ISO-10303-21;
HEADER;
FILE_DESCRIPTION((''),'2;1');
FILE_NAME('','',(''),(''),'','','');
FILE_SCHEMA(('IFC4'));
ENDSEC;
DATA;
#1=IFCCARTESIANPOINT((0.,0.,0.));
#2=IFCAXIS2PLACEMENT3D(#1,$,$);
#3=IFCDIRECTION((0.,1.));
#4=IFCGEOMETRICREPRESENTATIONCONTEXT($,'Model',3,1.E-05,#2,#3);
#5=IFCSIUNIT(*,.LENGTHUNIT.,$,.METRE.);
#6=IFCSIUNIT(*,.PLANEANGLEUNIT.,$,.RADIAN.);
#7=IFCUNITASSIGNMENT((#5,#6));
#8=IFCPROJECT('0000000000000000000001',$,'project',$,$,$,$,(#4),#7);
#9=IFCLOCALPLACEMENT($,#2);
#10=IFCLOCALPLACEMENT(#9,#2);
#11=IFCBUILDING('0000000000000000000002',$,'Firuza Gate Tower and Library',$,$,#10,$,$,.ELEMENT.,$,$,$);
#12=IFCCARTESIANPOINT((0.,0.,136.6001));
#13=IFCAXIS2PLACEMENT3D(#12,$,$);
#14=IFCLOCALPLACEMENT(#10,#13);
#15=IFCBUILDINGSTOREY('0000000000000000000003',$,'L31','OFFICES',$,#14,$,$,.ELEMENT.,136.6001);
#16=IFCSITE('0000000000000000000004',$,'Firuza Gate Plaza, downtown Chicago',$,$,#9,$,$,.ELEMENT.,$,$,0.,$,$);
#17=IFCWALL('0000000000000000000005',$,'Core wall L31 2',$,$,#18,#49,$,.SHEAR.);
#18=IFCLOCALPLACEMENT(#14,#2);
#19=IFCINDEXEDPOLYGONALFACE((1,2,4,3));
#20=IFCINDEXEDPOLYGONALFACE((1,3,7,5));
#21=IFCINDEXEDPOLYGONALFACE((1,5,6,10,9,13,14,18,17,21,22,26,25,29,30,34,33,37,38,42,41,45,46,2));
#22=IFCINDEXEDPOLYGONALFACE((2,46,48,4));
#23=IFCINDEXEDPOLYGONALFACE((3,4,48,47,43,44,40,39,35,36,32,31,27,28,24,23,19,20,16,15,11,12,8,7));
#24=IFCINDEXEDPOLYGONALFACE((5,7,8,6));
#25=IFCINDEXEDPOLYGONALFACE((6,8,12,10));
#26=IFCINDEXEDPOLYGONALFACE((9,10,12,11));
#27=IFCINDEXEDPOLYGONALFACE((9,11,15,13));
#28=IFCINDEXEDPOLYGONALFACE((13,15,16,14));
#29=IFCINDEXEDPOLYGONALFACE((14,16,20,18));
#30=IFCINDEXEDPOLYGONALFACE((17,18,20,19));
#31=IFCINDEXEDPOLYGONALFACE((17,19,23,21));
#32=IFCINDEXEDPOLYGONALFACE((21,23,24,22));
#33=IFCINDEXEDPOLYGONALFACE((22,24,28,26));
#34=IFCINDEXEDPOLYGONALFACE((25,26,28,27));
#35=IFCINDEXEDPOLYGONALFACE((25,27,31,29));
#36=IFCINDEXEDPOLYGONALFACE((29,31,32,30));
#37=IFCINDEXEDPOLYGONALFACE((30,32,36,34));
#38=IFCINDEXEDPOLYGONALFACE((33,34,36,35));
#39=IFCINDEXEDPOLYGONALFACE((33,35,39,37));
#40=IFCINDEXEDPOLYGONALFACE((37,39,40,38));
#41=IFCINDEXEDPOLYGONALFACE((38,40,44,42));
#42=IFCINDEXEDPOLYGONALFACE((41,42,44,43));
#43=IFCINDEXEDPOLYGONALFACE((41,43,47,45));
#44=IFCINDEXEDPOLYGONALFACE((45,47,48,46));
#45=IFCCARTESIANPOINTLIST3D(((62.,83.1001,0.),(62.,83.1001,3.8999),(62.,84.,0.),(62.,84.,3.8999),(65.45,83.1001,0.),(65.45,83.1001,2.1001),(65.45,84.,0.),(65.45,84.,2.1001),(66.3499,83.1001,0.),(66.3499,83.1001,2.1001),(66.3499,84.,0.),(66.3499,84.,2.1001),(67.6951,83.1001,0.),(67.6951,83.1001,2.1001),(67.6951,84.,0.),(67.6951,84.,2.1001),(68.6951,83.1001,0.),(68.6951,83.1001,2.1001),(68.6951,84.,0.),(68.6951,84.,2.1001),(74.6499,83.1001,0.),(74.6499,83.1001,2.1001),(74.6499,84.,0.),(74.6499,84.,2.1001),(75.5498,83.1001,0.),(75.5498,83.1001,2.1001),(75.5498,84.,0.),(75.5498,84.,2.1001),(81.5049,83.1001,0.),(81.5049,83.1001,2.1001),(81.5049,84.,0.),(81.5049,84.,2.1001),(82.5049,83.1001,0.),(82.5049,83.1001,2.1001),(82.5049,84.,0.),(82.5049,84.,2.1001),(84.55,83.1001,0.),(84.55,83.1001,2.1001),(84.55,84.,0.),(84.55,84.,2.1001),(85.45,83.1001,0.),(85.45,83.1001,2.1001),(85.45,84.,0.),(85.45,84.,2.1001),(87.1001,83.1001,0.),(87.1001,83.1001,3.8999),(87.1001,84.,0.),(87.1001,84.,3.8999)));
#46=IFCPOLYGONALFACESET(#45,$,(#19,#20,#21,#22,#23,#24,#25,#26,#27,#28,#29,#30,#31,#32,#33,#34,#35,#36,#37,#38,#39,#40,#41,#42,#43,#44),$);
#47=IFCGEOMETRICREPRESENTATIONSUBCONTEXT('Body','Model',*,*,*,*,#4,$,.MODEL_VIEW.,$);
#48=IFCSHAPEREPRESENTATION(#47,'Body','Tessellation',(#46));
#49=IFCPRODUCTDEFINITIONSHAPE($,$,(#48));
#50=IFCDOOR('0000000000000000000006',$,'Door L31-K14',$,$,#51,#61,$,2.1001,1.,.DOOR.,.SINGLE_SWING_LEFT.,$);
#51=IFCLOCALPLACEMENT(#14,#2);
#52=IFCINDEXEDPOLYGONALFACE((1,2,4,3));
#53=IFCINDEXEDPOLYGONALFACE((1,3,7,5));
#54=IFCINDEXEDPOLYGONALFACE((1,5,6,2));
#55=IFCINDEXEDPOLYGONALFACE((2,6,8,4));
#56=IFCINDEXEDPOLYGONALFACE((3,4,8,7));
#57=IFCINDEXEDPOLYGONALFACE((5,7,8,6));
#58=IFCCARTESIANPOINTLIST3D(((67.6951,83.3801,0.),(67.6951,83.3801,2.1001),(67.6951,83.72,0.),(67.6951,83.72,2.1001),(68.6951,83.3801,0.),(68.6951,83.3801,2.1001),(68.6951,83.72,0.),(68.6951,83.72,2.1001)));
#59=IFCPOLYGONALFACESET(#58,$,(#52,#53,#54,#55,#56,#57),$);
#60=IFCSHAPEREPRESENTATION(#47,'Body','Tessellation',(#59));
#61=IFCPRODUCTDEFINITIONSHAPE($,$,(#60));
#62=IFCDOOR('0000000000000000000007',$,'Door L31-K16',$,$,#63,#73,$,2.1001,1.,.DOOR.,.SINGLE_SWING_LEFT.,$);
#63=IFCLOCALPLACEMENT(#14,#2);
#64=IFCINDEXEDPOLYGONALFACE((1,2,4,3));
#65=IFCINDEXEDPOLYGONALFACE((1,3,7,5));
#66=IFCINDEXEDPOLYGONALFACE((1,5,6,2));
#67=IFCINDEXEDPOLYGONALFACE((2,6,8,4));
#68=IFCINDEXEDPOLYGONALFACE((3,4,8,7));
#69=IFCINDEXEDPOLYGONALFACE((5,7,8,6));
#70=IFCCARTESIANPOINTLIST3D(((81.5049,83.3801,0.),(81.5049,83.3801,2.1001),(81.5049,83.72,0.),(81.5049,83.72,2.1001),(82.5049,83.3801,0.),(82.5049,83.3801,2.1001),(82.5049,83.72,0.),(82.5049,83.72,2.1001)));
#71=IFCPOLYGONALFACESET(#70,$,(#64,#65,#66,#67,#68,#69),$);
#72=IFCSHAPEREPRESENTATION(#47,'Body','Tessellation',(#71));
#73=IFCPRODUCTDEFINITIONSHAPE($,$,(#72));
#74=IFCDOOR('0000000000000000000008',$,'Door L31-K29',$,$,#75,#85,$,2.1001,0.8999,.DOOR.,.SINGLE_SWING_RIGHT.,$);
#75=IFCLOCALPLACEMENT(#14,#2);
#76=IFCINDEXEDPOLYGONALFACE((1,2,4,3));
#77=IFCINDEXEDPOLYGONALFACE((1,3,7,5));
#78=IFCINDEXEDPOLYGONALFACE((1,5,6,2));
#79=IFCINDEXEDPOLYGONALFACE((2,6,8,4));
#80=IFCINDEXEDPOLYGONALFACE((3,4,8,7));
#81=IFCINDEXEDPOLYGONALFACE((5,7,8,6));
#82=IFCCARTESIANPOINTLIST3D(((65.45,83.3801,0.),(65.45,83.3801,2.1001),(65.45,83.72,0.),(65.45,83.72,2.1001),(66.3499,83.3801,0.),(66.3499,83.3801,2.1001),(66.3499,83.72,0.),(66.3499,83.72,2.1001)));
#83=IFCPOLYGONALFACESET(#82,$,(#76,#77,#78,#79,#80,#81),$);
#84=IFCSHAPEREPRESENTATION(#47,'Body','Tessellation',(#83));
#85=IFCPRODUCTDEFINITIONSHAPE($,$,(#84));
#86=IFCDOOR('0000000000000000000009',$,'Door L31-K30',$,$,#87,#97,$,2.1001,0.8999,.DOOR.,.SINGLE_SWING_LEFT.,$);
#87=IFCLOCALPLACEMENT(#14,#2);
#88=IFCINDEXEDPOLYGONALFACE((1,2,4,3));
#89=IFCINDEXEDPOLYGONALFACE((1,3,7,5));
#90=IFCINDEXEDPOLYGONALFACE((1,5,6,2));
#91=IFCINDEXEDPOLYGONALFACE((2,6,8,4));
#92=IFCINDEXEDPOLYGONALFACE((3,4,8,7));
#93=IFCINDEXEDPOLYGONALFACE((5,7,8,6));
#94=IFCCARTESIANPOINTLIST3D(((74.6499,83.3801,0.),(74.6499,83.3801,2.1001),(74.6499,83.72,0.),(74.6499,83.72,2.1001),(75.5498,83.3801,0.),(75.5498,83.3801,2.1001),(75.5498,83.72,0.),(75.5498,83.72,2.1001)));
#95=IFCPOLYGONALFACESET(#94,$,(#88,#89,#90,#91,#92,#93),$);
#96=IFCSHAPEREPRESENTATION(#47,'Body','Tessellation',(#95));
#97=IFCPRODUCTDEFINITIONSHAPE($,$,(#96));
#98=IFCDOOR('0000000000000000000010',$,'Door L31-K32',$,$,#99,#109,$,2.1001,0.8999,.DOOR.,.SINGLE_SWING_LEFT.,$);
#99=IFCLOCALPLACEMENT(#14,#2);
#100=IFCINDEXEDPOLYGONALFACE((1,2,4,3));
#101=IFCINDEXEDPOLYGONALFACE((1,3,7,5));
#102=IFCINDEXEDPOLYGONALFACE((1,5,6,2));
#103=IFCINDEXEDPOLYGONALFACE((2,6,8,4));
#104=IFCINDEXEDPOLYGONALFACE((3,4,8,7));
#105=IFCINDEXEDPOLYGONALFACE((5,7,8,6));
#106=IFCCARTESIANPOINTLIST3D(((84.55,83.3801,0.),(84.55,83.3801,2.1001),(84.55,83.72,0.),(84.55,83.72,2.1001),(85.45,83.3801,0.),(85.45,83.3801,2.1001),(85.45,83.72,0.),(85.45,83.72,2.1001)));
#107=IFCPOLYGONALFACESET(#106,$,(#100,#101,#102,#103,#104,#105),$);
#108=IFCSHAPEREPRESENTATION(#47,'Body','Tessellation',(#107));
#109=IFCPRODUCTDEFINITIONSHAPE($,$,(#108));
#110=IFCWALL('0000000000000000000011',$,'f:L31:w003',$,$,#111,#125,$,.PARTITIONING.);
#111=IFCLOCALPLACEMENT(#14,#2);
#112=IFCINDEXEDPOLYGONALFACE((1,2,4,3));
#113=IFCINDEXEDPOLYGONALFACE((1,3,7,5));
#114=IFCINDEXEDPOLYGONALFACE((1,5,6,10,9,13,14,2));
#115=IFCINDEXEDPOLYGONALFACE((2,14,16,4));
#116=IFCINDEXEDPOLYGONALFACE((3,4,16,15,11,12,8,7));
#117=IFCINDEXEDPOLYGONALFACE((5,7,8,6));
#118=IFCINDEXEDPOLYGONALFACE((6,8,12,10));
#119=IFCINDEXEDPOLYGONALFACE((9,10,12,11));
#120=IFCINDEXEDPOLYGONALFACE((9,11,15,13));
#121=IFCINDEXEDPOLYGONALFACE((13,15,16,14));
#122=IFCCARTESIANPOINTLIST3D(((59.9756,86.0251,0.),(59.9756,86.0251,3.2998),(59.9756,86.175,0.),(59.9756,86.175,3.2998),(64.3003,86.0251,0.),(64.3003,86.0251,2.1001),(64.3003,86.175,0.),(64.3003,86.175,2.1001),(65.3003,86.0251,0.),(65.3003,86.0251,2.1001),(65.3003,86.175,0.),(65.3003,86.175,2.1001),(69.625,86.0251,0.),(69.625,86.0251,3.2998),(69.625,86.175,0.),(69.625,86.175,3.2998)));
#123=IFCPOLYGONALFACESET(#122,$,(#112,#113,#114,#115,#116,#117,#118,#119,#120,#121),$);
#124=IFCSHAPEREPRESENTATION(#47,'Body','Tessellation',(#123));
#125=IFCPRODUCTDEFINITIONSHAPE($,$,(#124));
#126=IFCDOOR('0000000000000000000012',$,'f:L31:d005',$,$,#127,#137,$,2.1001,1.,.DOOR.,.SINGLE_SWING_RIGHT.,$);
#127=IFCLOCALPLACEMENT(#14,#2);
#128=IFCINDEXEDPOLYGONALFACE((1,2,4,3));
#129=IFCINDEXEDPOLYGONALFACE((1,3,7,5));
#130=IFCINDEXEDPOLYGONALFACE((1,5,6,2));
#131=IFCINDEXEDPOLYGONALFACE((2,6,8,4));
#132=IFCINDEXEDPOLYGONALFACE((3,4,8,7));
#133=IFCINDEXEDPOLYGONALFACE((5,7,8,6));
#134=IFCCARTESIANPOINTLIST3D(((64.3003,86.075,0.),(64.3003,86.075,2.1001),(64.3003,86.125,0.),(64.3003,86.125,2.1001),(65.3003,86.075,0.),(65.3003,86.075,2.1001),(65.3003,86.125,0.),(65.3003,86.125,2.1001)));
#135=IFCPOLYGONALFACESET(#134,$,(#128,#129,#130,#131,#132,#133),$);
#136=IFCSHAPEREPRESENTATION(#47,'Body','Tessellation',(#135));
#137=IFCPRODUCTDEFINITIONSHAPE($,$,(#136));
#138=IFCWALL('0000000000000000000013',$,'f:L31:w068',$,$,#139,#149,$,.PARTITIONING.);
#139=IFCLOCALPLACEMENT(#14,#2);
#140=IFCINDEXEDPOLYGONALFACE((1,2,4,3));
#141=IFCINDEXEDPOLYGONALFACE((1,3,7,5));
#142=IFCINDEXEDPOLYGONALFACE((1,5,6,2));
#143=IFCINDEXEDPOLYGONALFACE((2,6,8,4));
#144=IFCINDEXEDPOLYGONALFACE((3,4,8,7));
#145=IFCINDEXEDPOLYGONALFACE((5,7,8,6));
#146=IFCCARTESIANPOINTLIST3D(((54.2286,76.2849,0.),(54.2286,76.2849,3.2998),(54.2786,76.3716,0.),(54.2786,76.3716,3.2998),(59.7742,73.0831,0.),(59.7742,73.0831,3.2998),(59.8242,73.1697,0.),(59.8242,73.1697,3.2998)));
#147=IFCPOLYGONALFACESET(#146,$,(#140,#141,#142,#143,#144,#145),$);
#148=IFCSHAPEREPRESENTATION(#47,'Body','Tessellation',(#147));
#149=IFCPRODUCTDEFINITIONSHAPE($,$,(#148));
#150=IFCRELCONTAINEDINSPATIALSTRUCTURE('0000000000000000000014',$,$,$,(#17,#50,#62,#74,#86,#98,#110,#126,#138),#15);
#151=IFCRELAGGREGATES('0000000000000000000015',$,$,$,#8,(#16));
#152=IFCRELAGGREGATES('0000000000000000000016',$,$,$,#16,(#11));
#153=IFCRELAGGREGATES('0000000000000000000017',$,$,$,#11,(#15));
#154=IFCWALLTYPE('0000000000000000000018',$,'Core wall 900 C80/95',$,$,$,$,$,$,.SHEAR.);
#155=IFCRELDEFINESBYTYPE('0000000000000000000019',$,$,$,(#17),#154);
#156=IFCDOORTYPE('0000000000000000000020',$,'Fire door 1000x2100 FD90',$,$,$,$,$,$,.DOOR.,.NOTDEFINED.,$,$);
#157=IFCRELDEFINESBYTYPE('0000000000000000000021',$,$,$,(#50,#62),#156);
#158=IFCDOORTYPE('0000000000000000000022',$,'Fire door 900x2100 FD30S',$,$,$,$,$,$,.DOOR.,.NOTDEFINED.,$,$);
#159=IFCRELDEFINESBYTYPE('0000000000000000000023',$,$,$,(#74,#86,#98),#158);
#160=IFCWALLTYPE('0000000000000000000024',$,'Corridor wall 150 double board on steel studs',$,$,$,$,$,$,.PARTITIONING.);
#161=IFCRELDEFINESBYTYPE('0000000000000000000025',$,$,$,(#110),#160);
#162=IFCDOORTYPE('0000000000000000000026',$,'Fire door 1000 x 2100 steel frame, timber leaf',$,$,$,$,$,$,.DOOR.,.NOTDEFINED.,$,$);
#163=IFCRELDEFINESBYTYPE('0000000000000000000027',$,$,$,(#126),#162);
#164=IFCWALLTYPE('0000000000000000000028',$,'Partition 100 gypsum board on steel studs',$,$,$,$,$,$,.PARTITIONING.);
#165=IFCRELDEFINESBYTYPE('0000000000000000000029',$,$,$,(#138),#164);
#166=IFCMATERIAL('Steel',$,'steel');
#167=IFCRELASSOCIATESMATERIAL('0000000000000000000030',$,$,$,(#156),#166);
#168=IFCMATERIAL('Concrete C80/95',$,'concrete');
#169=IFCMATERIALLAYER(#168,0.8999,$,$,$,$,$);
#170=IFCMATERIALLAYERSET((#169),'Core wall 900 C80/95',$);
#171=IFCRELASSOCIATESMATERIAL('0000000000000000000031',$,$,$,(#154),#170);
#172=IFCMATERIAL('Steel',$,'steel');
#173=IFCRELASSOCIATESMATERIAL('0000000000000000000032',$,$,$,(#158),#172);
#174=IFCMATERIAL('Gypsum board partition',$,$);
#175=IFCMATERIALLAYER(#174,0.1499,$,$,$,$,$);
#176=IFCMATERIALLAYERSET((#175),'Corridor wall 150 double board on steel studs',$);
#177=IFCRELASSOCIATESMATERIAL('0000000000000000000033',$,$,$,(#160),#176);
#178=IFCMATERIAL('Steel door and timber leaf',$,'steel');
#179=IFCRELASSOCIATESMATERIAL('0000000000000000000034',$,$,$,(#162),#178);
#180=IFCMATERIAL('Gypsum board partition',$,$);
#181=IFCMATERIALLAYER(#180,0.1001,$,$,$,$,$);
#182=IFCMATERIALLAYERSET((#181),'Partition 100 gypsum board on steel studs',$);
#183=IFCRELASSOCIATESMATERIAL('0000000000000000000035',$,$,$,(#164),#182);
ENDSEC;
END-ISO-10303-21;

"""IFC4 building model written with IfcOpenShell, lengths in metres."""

from ifc_helpers import new_model, si_unit, direction, frame, frame_2d, origin, place, context, subcontext, project, spatial, rectangle, extrude, material, layer, layer_set, type_object, element, fill, save


model = new_model("IFC4")

# Units and contexts
model_context = context("Model", 3, precision=1e-05, world=origin(), true_north=direction((0.0, 1.0)))
body_context = subcontext(model_context, "Body", "Model", "MODEL_VIEW")
ifc_project = project(units=[si_unit("LENGTHUNIT", "METRE"), si_unit("PLANEANGLEUNIT", "RADIAN")], contexts=[model_context])

# Site, building, storey
site_placement = place(None, origin())
site = spatial("IfcSite", under=ifc_project, at=site_placement, Name="Firuza Gate Plaza, downtown Chicago", CompositionType="ELEMENT", RefElevation=0.0)
building_placement = place(site_placement, origin())
building = spatial("IfcBuilding", under=site, at=building_placement, Name="Firuza Gate Tower and Library", CompositionType="ELEMENT")
storey_placement = place(building_placement, frame((0.0, 0.0, 136.6001)))
storey = spatial("IfcBuildingStorey", under=building, at=storey_placement, Name="L31", Description="OFFICES", CompositionType="ELEMENT", Elevation=136.6001)

# Shared definitions
ifc_material_1 = material(Name="Steel", Category="steel")
door_type_1 = type_object("IfcDoorType", Name="Fire door 1000x2100 FD90", OperationType="NOTDEFINED", PredefinedType="DOOR", material=ifc_material_1)

# Wall, openings, doors
ifc_material_2 = material(Name="Concrete C80/95", Category="concrete")
ifc_layer_1 = layer(ifc_material_2, 0.8999)
ifc_layer_set_1 = layer_set([ifc_layer_1], Name="Core wall 900 C80/95")
wall_type_1 = type_object("IfcWallType", Name="Core wall 900 C80/95", PredefinedType="SHEAR", material=ifc_layer_set_1)
wall_1_placement = place(storey_placement, frame((62.0, 83.55, 0.0), z_axis=(0.0, 0.0, 1.0), x_axis=(1.0, 0.0, 0.0)))
wall_1 = element("IfcWall", 1, at=wall_1_placement, inside=storey, type_object=wall_type_1, Name="Core wall L31 2", PredefinedType="SHEAR", context=body_context, shape_type="SweptSolid", body=[
    extrude(rectangle(XDim=25.1001, YDim=0.8999, at=frame_2d((12.55, 0.0))), origin(), (0.0, 0.0, 1.0), 3.8999),
])
opening_1_placement = place(wall_1_placement, frame((5.6951, 0.0, 0.0)))
opening_1 = element("IfcOpeningElement", 2, at=opening_1_placement, cuts=wall_1, PredefinedType="OPENING", context=body_context, shape_type="SweptSolid", body=[
    extrude(rectangle(XDim=1.0, YDim=2.1001, at=frame_2d((0.5, 1.05))), frame((0.0, 0.46, 0.0), z_axis=(0.0, -1.0, 0.0), x_axis=(1.0, 0.0, 0.0)), (0.0, 0.0, 1.0), 0.9199),
])
opening_2_placement = place(wall_1_placement, frame((19.5049, 0.0, 0.0)))
opening_2 = element("IfcOpeningElement", 3, at=opening_2_placement, cuts=wall_1, PredefinedType="OPENING", context=body_context, shape_type="SweptSolid", body=[
    extrude(rectangle(XDim=1.0, YDim=2.1001, at=frame_2d((0.5, 1.05))), frame((0.0, 0.46, 0.0), z_axis=(0.0, -1.0, 0.0), x_axis=(1.0, 0.0, 0.0)), (0.0, 0.0, 1.0), 0.9199),
])
opening_3_placement = place(wall_1_placement, frame((3.45, 0.0, 0.0)))
opening_3 = element("IfcOpeningElement", 4, at=opening_3_placement, cuts=wall_1, PredefinedType="OPENING", context=body_context, shape_type="SweptSolid", body=[
    extrude(rectangle(XDim=0.8999, YDim=2.1001, at=frame_2d((0.45, 1.05))), frame((0.0, 0.46, 0.0), z_axis=(0.0, -1.0, 0.0), x_axis=(1.0, 0.0, 0.0)), (0.0, 0.0, 1.0), 0.9199),
])
opening_4_placement = place(wall_1_placement, frame((12.6499, 0.0, 0.0)))
opening_4 = element("IfcOpeningElement", 5, at=opening_4_placement, cuts=wall_1, PredefinedType="OPENING", context=body_context, shape_type="SweptSolid", body=[
    extrude(rectangle(XDim=0.8999, YDim=2.1001, at=frame_2d((0.45, 1.05))), frame((0.0, 0.46, 0.0), z_axis=(0.0, -1.0, 0.0), x_axis=(1.0, 0.0, 0.0)), (0.0, 0.0, 1.0), 0.9199),
])
opening_5_placement = place(wall_1_placement, frame((22.55, 0.0, 0.0)))
opening_5 = element("IfcOpeningElement", 6, at=opening_5_placement, cuts=wall_1, PredefinedType="OPENING", context=body_context, shape_type="SweptSolid", body=[
    extrude(rectangle(XDim=0.8999, YDim=2.1001, at=frame_2d((0.45, 1.05))), frame((0.0, 0.46, 0.0), z_axis=(0.0, -1.0, 0.0), x_axis=(1.0, 0.0, 0.0)), (0.0, 0.0, 1.0), 0.9199),
])
door_1_placement = place(opening_1_placement, origin())
door_1 = element("IfcDoor", 7, at=door_1_placement, inside=storey, type_object=door_type_1, Name="Door L31-K14", OperationType="SINGLE_SWING_LEFT", OverallHeight=2.1001, OverallWidth=1.0, PredefinedType="DOOR", context=body_context, shape_type="SweptSolid", body=[
    extrude(rectangle(XDim=1.0, YDim=2.1001, at=frame_2d((0.5, 1.05))), frame((0.0, 0.1699, 0.0), z_axis=(0.0, -1.0, 0.0), x_axis=(1.0, 0.0, 0.0)), (0.0, 0.0, 1.0), 0.3398),
])
fill(opening_1, door_1)
door_2_placement = place(opening_2_placement, origin())
door_2 = element("IfcDoor", 8, at=door_2_placement, inside=storey, type_object=door_type_1, Name="Door L31-K16", OperationType="SINGLE_SWING_LEFT", OverallHeight=2.1001, OverallWidth=1.0, PredefinedType="DOOR", context=body_context, shape_type="SweptSolid", body=[
    extrude(rectangle(XDim=1.0, YDim=2.1001, at=frame_2d((0.5, 1.05))), frame((0.0, 0.1699, 0.0), z_axis=(0.0, -1.0, 0.0), x_axis=(1.0, 0.0, 0.0)), (0.0, 0.0, 1.0), 0.3398),
])
fill(opening_2, door_2)
ifc_material_3 = material(Name="Steel", Category="steel")
door_type_2 = type_object("IfcDoorType", Name="Fire door 900x2100 FD30S", OperationType="NOTDEFINED", PredefinedType="DOOR", material=ifc_material_3)
door_3_placement = place(opening_3_placement, origin())
door_3 = element("IfcDoor", 9, at=door_3_placement, inside=storey, type_object=door_type_2, Name="Door L31-K29", OperationType="SINGLE_SWING_RIGHT", OverallHeight=2.1001, OverallWidth=0.8999, PredefinedType="DOOR", context=body_context, shape_type="SweptSolid", body=[
    extrude(rectangle(XDim=0.8999, YDim=2.1001, at=frame_2d((0.45, 1.05))), frame((0.0, 0.1699, 0.0), z_axis=(0.0, -1.0, 0.0), x_axis=(1.0, 0.0, 0.0)), (0.0, 0.0, 1.0), 0.3398),
])
fill(opening_3, door_3)
door_4_placement = place(opening_4_placement, origin())
door_4 = element("IfcDoor", 10, at=door_4_placement, inside=storey, type_object=door_type_2, Name="Door L31-K30", OperationType="SINGLE_SWING_LEFT", OverallHeight=2.1001, OverallWidth=0.8999, PredefinedType="DOOR", context=body_context, shape_type="SweptSolid", body=[
    extrude(rectangle(XDim=0.8999, YDim=2.1001, at=frame_2d((0.45, 1.05))), frame((0.0, 0.1699, 0.0), z_axis=(0.0, -1.0, 0.0), x_axis=(1.0, 0.0, 0.0)), (0.0, 0.0, 1.0), 0.3398),
])
fill(opening_4, door_4)
door_5_placement = place(opening_5_placement, origin())
door_5 = element("IfcDoor", 11, at=door_5_placement, inside=storey, type_object=door_type_2, Name="Door L31-K32", OperationType="SINGLE_SWING_LEFT", OverallHeight=2.1001, OverallWidth=0.8999, PredefinedType="DOOR", context=body_context, shape_type="SweptSolid", body=[
    extrude(rectangle(XDim=0.8999, YDim=2.1001, at=frame_2d((0.45, 1.05))), frame((0.0, 0.1699, 0.0), z_axis=(0.0, -1.0, 0.0), x_axis=(1.0, 0.0, 0.0)), (0.0, 0.0, 1.0), 0.3398),
])
fill(opening_5, door_5)

# Wall, opening, door
ifc_material_4 = material(Name="Gypsum board partition")
ifc_layer_2 = layer(ifc_material_4, 0.1499)
ifc_layer_set_2 = layer_set([ifc_layer_2], Name="Corridor wall 150 double board on steel studs")
wall_type_2 = type_object("IfcWallType", Name="Corridor wall 150 double board on steel studs", PredefinedType="PARTITIONING", material=ifc_layer_set_2)
wall_2_placement = place(storey_placement, frame((59.9756, 86.1001, 0.0), z_axis=(0.0, 0.0, 1.0), x_axis=(1.0, 0.0, 0.0)))
wall_2 = element("IfcWall", 12, at=wall_2_placement, inside=storey, type_object=wall_type_2, Name="f:L31:w003", PredefinedType="PARTITIONING", context=body_context, shape_type="SweptSolid", body=[
    extrude(rectangle(XDim=9.6494, YDim=0.1499, at=frame_2d((4.8247, 0.0))), origin(), (0.0, 0.0, 1.0), 3.2998),
])
opening_6_placement = place(wall_2_placement, frame((4.3247, 0.0, 0.0)))
opening_6 = element("IfcOpeningElement", 13, at=opening_6_placement, cuts=wall_2, PredefinedType="OPENING", context=body_context, shape_type="SweptSolid", body=[
    extrude(rectangle(XDim=1.0, YDim=2.1001, at=frame_2d((0.5, 1.05))), frame((0.0, 0.085, 0.0), z_axis=(0.0, -1.0, 0.0), x_axis=(1.0, 0.0, 0.0)), (0.0, 0.0, 1.0), 0.1699),
])
ifc_material_5 = material(Name="Steel door and timber leaf", Category="steel")
door_type_3 = type_object("IfcDoorType", Name="Fire door 1000 x 2100 steel frame, timber leaf", OperationType="NOTDEFINED", PredefinedType="DOOR", material=ifc_material_5)
door_6_placement = place(opening_6_placement, origin())
door_6 = element("IfcDoor", 14, at=door_6_placement, inside=storey, type_object=door_type_3, Name="f:L31:d005", OperationType="SINGLE_SWING_RIGHT", OverallHeight=2.1001, OverallWidth=1.0, PredefinedType="DOOR", context=body_context, shape_type="SweptSolid", body=[
    extrude(rectangle(XDim=1.0, YDim=2.1001, at=frame_2d((0.5, 1.05))), frame((0.0, 0.0249, 0.0), z_axis=(0.0, -1.0, 0.0), x_axis=(1.0, 0.0, 0.0)), (0.0, 0.0, 1.0), 0.05),
])
fill(opening_6, door_6)

# Wall
ifc_material_6 = material(Name="Gypsum board partition")
ifc_layer_3 = layer(ifc_material_6, 0.1001)
ifc_layer_set_3 = layer_set([ifc_layer_3], Name="Partition 100 gypsum board on steel studs")
wall_type_3 = type_object("IfcWallType", Name="Partition 100 gypsum board on steel studs", PredefinedType="PARTITIONING", material=ifc_layer_set_3)
wall_3_placement = place(storey_placement, frame((59.7991, 73.1265, 0.0), z_axis=(0.0, 0.0, 1.0), x_axis=(-0.866017, 0.500014, 0.0)))
element("IfcWall", 15, at=wall_3_placement, inside=storey, type_object=wall_type_3, Name="f:L31:w068", PredefinedType="PARTITIONING", context=body_context, shape_type="SweptSolid", body=[
    extrude(rectangle(XDim=6.4036, YDim=0.1001, at=frame_2d((3.2017, 0.0))), origin(), (0.0, 0.0, 1.0), 3.2998),
])

save(model, "model.ifc")
